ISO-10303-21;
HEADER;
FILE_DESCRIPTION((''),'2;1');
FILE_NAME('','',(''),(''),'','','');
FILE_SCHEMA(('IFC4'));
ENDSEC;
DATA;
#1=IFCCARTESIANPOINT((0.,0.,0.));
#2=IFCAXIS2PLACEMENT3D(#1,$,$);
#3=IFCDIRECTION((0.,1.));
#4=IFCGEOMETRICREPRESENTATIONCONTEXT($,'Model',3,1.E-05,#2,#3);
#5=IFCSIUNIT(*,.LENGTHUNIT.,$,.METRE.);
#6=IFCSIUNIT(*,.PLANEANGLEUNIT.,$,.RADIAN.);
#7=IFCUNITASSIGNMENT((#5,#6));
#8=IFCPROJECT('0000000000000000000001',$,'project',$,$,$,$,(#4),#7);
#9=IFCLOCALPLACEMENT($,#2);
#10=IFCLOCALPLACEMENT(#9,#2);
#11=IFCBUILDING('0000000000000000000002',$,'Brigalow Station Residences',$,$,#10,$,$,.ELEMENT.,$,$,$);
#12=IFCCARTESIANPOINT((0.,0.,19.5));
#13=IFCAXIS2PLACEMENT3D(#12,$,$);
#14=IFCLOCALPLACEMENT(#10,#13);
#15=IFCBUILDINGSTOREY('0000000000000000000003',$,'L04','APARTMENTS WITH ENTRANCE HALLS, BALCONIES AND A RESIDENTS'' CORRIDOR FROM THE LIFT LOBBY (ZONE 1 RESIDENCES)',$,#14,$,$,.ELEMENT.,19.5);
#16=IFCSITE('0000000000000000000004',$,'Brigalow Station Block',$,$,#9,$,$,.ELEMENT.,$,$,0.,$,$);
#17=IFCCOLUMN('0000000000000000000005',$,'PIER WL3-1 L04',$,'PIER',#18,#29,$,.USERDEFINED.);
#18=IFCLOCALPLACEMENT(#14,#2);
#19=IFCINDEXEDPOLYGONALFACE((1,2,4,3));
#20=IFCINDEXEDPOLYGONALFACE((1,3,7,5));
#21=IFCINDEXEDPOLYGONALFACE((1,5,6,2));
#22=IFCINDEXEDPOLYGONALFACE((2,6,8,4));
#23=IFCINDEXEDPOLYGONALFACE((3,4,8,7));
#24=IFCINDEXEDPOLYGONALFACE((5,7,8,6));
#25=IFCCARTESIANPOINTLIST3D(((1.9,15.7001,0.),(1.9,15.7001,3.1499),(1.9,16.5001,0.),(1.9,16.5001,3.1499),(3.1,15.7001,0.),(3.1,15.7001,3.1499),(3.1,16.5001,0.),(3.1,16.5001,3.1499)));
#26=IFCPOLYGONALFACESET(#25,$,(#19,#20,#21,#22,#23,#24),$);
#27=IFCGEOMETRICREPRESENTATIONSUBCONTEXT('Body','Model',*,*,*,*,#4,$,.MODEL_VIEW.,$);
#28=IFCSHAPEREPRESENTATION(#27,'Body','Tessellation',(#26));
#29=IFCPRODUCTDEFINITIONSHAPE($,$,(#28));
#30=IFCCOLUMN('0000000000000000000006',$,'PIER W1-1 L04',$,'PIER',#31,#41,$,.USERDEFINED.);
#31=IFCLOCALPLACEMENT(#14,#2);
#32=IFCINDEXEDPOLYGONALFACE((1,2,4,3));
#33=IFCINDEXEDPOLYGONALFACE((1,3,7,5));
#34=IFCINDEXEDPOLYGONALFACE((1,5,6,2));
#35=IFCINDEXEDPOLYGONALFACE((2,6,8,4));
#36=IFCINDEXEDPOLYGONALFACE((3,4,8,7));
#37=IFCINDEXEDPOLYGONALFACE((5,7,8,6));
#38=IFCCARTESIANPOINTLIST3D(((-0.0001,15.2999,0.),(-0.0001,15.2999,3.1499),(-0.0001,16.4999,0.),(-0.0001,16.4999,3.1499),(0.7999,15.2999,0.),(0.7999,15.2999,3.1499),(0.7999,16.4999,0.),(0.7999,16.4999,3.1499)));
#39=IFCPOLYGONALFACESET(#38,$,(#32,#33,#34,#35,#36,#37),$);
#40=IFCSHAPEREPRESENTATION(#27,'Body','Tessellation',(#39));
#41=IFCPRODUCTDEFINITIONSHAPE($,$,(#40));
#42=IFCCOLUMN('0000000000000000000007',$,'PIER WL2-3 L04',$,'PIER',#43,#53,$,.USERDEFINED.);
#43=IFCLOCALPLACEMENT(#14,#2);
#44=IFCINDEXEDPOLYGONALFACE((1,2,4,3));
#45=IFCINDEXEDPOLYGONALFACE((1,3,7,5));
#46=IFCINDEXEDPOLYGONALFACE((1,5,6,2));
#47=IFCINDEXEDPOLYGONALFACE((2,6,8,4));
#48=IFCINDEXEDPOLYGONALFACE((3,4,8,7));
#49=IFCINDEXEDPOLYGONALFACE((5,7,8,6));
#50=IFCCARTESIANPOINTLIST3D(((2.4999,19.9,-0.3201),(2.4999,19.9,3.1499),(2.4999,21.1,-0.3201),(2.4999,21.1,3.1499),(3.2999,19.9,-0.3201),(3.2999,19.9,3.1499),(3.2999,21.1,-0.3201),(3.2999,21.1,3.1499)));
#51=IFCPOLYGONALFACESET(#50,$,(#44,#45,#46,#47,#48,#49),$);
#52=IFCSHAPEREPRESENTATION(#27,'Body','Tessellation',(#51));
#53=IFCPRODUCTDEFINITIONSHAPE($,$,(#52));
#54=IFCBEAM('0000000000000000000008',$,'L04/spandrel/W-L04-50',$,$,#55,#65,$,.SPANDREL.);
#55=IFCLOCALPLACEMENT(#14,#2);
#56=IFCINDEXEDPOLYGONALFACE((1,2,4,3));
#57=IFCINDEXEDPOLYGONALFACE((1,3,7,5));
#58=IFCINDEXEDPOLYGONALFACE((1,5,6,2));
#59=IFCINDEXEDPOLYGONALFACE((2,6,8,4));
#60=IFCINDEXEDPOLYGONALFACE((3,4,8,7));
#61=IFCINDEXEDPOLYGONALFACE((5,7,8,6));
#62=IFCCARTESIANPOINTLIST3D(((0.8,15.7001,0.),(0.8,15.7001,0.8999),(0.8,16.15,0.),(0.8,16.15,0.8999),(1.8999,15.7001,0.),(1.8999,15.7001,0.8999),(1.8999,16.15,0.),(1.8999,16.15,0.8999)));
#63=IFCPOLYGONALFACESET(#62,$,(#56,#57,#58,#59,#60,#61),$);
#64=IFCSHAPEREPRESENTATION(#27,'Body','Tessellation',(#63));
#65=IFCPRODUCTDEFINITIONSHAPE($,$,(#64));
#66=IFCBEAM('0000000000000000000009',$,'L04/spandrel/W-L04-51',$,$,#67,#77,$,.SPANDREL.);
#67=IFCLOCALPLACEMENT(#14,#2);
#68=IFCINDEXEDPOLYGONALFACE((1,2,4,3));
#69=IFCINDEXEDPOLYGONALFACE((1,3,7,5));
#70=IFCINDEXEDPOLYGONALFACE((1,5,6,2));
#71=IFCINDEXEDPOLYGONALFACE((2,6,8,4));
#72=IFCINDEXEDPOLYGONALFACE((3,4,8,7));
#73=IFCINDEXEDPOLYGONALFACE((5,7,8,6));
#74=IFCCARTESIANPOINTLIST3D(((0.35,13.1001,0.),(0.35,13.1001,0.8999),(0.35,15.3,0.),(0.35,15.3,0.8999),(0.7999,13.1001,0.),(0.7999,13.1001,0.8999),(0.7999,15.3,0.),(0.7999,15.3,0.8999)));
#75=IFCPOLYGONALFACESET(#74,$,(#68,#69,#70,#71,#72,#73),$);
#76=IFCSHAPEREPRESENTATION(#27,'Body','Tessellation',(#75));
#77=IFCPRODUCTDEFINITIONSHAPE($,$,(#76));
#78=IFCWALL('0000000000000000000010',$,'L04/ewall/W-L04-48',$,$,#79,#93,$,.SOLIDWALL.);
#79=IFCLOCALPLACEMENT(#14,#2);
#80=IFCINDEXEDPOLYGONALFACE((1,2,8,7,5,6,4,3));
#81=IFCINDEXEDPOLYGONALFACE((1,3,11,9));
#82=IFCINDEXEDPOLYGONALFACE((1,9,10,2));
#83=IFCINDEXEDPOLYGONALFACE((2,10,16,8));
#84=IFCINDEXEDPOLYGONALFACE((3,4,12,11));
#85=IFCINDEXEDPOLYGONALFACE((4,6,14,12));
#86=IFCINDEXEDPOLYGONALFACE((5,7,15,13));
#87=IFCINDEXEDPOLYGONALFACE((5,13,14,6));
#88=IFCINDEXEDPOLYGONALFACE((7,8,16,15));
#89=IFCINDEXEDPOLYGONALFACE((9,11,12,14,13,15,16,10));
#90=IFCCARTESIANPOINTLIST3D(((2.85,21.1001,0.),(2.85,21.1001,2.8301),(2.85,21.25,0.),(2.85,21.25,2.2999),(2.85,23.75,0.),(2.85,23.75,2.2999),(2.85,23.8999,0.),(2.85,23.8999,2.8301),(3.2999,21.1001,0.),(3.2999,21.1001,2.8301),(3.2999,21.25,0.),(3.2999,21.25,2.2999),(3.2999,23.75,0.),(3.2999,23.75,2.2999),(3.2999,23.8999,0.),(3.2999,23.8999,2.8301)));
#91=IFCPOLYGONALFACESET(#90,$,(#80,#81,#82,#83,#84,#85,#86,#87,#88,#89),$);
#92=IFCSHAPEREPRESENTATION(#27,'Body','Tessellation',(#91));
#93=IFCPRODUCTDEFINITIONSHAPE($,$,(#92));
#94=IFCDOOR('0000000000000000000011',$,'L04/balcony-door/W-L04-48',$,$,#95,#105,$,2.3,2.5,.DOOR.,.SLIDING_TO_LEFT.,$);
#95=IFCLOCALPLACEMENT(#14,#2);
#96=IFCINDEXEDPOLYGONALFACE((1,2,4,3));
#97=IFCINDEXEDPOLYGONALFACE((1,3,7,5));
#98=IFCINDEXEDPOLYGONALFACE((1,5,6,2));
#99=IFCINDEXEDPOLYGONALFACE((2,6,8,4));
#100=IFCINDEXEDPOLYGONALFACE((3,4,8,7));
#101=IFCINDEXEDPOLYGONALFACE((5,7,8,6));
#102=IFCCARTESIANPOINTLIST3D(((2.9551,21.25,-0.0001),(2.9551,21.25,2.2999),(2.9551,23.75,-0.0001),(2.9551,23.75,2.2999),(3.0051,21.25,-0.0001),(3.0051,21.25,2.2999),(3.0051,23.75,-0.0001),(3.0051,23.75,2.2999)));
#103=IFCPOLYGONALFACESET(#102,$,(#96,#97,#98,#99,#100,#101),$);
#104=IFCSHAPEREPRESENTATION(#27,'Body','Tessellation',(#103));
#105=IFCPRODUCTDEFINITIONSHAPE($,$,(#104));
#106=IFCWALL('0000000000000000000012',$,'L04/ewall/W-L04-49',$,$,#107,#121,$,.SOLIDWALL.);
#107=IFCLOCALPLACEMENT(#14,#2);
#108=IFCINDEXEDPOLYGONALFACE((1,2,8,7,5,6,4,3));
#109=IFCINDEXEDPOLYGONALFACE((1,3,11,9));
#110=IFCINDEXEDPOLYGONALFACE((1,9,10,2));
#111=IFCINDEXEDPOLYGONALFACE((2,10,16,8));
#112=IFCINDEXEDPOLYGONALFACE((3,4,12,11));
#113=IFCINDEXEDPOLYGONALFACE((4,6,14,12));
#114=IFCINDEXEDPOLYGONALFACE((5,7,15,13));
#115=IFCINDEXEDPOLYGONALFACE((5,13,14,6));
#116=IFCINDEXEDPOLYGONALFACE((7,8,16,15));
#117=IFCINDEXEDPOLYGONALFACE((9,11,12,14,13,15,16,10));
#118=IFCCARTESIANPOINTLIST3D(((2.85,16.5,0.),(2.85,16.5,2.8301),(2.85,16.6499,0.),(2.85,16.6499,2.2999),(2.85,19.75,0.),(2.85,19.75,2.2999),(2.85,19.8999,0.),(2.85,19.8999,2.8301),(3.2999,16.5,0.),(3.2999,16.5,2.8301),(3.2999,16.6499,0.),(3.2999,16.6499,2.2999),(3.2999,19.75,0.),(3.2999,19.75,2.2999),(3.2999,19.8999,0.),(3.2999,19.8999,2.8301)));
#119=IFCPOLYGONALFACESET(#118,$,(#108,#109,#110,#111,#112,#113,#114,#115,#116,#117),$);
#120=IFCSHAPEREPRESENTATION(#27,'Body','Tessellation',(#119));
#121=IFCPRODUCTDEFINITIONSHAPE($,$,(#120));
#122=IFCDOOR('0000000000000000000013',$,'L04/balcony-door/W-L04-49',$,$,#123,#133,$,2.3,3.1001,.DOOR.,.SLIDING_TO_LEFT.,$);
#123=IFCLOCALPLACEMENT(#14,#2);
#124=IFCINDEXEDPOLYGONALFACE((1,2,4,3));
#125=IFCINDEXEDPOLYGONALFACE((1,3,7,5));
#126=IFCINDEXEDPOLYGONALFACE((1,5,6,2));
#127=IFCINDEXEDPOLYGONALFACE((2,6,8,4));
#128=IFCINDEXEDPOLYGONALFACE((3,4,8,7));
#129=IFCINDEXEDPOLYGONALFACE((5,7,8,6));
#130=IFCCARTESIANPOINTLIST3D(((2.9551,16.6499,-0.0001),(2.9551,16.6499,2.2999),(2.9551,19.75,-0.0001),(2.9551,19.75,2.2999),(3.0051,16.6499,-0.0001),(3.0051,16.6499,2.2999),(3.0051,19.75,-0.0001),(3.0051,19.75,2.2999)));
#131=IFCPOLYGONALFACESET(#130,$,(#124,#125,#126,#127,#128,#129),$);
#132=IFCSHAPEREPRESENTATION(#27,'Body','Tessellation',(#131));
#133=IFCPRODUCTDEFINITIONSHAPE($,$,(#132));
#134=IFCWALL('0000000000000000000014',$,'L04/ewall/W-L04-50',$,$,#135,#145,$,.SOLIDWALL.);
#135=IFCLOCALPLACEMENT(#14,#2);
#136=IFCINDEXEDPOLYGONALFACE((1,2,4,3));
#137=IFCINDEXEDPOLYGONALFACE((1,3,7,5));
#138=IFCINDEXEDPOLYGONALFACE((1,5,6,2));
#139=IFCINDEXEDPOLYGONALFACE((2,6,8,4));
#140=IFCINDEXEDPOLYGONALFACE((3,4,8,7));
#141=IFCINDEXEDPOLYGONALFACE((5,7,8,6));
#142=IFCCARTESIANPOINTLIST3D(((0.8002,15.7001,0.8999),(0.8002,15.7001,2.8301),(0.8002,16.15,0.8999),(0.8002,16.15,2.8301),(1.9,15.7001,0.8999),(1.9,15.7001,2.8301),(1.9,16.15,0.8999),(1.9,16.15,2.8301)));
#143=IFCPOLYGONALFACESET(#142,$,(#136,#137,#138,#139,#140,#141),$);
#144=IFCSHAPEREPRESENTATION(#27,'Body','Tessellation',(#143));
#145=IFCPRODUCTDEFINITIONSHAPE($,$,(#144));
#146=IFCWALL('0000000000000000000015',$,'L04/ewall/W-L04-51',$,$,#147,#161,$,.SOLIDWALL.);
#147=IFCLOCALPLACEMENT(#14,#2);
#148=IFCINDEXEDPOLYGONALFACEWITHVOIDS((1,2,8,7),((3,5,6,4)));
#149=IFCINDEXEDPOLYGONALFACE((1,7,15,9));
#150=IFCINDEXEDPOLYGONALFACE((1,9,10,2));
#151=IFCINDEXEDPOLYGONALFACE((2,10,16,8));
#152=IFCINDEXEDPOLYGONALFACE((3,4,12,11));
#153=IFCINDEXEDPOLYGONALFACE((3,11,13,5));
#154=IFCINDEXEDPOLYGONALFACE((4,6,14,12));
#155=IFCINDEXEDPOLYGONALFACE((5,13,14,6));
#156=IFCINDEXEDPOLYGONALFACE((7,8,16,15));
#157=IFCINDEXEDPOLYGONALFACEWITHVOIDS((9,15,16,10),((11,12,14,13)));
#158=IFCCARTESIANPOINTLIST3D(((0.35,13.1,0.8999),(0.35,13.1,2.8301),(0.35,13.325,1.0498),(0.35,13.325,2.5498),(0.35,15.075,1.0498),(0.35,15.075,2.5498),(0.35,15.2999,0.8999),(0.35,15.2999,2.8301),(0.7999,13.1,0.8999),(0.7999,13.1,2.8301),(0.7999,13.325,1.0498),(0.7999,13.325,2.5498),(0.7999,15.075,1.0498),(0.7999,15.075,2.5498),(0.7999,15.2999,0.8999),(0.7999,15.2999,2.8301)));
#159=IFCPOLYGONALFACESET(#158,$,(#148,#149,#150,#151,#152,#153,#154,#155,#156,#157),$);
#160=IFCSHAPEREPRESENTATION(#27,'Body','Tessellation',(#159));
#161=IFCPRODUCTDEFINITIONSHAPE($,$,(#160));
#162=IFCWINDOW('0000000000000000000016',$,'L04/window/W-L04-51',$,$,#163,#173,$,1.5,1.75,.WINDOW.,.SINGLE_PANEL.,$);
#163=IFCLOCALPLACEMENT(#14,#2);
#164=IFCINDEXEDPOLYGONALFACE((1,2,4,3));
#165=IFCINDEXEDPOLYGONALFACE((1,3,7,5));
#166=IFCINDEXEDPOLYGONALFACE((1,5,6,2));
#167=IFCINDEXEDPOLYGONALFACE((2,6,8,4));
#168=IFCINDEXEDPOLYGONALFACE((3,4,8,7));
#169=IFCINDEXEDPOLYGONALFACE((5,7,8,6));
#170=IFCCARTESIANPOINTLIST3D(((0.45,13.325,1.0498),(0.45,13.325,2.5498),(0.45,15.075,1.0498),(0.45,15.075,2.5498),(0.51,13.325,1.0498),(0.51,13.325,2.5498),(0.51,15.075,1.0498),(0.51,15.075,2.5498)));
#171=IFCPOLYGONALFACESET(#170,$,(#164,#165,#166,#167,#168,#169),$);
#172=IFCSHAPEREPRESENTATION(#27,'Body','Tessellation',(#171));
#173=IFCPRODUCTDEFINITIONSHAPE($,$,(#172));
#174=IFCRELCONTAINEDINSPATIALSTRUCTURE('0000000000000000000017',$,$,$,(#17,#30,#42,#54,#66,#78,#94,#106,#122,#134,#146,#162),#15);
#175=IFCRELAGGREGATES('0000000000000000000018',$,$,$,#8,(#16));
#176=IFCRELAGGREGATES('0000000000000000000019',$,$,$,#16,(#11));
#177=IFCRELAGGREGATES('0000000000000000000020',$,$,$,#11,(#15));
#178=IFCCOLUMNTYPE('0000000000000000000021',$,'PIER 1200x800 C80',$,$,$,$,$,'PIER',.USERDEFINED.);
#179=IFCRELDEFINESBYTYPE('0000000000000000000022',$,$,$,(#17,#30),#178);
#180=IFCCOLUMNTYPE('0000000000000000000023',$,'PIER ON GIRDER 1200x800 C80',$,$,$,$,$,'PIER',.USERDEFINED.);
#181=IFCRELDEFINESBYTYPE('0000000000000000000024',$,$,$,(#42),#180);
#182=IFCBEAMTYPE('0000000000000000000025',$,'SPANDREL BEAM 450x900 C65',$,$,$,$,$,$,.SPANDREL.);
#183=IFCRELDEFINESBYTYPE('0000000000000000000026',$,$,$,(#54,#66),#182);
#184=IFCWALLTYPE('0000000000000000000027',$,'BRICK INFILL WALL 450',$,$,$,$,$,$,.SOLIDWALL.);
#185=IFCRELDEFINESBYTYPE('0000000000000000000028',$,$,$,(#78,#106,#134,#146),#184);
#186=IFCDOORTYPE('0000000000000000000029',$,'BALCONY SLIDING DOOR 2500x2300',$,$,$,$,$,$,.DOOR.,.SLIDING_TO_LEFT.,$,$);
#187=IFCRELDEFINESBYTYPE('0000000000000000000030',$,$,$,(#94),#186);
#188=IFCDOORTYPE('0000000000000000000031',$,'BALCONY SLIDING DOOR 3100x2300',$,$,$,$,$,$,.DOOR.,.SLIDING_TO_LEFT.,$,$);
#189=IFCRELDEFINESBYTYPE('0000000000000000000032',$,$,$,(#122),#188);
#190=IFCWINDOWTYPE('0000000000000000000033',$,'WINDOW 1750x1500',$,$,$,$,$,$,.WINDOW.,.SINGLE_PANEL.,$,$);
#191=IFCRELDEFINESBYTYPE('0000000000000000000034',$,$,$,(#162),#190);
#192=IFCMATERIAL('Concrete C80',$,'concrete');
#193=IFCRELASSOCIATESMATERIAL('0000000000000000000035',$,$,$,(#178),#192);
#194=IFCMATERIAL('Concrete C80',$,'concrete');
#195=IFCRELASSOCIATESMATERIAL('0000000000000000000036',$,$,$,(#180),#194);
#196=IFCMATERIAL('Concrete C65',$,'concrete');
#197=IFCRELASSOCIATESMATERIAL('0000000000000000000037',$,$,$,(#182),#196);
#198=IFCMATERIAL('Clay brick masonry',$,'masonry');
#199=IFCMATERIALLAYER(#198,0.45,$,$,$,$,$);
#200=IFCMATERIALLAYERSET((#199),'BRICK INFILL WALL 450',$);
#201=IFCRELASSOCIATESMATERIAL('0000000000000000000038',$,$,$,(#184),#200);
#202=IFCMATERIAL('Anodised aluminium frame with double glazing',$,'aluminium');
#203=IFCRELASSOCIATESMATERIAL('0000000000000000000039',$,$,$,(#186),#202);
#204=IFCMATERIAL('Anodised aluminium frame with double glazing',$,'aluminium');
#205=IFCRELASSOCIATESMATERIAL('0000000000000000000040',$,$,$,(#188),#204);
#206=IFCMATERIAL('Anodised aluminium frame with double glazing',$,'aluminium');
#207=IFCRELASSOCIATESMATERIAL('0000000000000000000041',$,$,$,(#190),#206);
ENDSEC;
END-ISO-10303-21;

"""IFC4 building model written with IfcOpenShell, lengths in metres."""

from ifc_helpers import new_model, si_unit, direction, frame, frame_2d, origin, origin_2d, place, context, subcontext, project, spatial, rectangle, extrude, material, layer, layer_set, material_profile, profile_set, type_object, element, fill, save


model = new_model("IFC4")

# Units and contexts
model_context = context("Model", 3, precision=1e-05, world=origin(), true_north=direction((0.0, 1.0)))
body_context = subcontext(model_context, "Body", "Model", "MODEL_VIEW")
ifc_project = project(units=[si_unit("LENGTHUNIT", "METRE"), si_unit("PLANEANGLEUNIT", "RADIAN")], contexts=[model_context])

# Site, building, storey
site_placement = place(None, origin())
site = spatial("IfcSite", under=ifc_project, at=site_placement, Name="Brigalow Station Block", CompositionType="ELEMENT", RefElevation=0.0)
building_placement = place(site_placement, origin())
building = spatial("IfcBuilding", under=site, at=building_placement, Name="Brigalow Station Residences", CompositionType="ELEMENT")
storey_placement = place(building_placement, frame((0.0, 0.0, 19.5)))
storey = spatial("IfcBuildingStorey", under=building, at=storey_placement, Name="L04", Description="APARTMENTS WITH ENTRANCE HALLS, BALCONIES AND A RESIDENTS' CORRIDOR FROM THE LIFT LOBBY (ZONE 1 RESIDENCES)", CompositionType="ELEMENT", Elevation=19.5)

# Columns
ifc_material_1 = material(Name="Concrete C80", Category="concrete")
ifc_material_profile_1 = material_profile(ifc_material_1, rectangle(XDim=1.2, YDim=0.8, at=origin_2d()), Name="RC1200x800")
ifc_profile_set_1 = profile_set([ifc_material_profile_1], Name="Concrete C80")
column_type_1 = type_object("IfcColumnType", Name="PIER 1200x800 C80", ElementType="PIER", PredefinedType="USERDEFINED", material=ifc_profile_set_1)
for number, where, z_axis, x_axis, name in (
    (1, (2.5, 16.1001, 0.0), (0.0, 0.0, 1.0), (-1.0, 0.0, 0.0), "PIER WL3-1 L04"),
    (2, (0.3999, 15.8999, 0.0), (0.0, 0.0, 1.0), (0.0, -1.0, 0.0), "PIER W1-1 L04"),
):
    element("IfcColumn", number, at=place(storey_placement, frame(where, z_axis=z_axis, x_axis=x_axis)), inside=storey, type_object=column_type_1, Name=name, ObjectType="PIER", PredefinedType="USERDEFINED", context=body_context, shape_type="SweptSolid", body=[
        extrude(rectangle(XDim=1.2, YDim=0.8, at=origin_2d()), origin(), (0.0, 0.0, 1.0), 3.1499),
    ])
ifc_material_2 = material(Name="Concrete C80", Category="concrete")
ifc_material_profile_2 = material_profile(ifc_material_2, rectangle(XDim=1.2, YDim=0.8, at=origin_2d()), Name="RC1200x800")
ifc_profile_set_2 = profile_set([ifc_material_profile_2], Name="Concrete C80")
column_type_2 = type_object("IfcColumnType", Name="PIER ON GIRDER 1200x800 C80", ElementType="PIER", PredefinedType="USERDEFINED", material=ifc_profile_set_2)
column_placement = place(storey_placement, frame((2.8999, 20.5, -0.3201), z_axis=(0.0, 0.0, 1.0), x_axis=(0.0, -1.0, 0.0)))
element("IfcColumn", 3, at=column_placement, inside=storey, type_object=column_type_2, Name="PIER WL2-3 L04", ObjectType="PIER", PredefinedType="USERDEFINED", context=body_context, shape_type="SweptSolid", body=[
    extrude(rectangle(XDim=1.2, YDim=0.8, at=origin_2d()), origin(), (0.0, 0.0, 1.0), 3.47),
])

# Beams
ifc_material_3 = material(Name="Concrete C65", Category="concrete")
ifc_material_profile_3 = material_profile(ifc_material_3, rectangle(XDim=0.45, YDim=0.8999, at=origin_2d()), Name="RC450x900")
ifc_profile_set_3 = profile_set([ifc_material_profile_3], Name="Concrete C65")
beam_type = type_object("IfcBeamType", Name="SPANDREL BEAM 450x900 C65", PredefinedType="SPANDREL", material=ifc_profile_set_3)
beam_1_placement = place(storey_placement, frame((1.8999, 15.925, 0.45), z_axis=(-1.0, 0.0, 0.0), x_axis=(0.0, -1.0, 0.0)))
element("IfcBeam", 4, at=beam_1_placement, inside=storey, type_object=beam_type, Name="L04/spandrel/W-L04-50", PredefinedType="SPANDREL", context=body_context, shape_type="SweptSolid", body=[
    extrude(rectangle(XDim=0.45, YDim=0.8999, at=origin_2d()), origin(), (0.0, 0.0, 1.0), 1.0999),
])
beam_2_placement = place(storey_placement, frame((0.575, 15.3, 0.45), z_axis=(0.0, -1.0, 0.0), x_axis=(1.0, 0.0, 0.0)))
element("IfcBeam", 5, at=beam_2_placement, inside=storey, type_object=beam_type, Name="L04/spandrel/W-L04-51", PredefinedType="SPANDREL", context=body_context, shape_type="SweptSolid", body=[
    extrude(rectangle(XDim=0.45, YDim=0.8999, at=origin_2d()), origin(), (0.0, 0.0, 1.0), 2.2),
])

# Walls, openings, doors
ifc_material_4 = material(Name="Clay brick masonry", Category="masonry")
ifc_layer_1 = layer(ifc_material_4, 0.45)
ifc_layer_set_1 = layer_set([ifc_layer_1], Name="BRICK INFILL WALL 450")
wall_type_1 = type_object("IfcWallType", Name="BRICK INFILL WALL 450", PredefinedType="SOLIDWALL", material=ifc_layer_set_1)
wall_1_placement = place(storey_placement, frame((3.075, 23.8999, 0.0), z_axis=(0.0, 0.0, 1.0), x_axis=(0.0, -1.0, 0.0)))
wall_1 = element("IfcWall", 6, at=wall_1_placement, inside=storey, type_object=wall_type_1, Name="L04/ewall/W-L04-48", PredefinedType="SOLIDWALL", context=body_context, shape_type="SweptSolid", body=[
    extrude(rectangle(XDim=2.7998, YDim=0.45, at=frame_2d((1.3999, 0.0))), origin(), (0.0, 0.0, 1.0), 2.8301),
])
opening_1_placement = place(wall_1_placement, frame((0.1499, 0.0, 0.0)))
opening_1 = element("IfcOpeningElement", 7, at=opening_1_placement, cuts=wall_1, PredefinedType="OPENING", context=body_context, shape_type="SweptSolid", body=[
    extrude(rectangle(XDim=2.5, YDim=2.3, at=frame_2d((1.25, 1.1499))), frame((0.0, 0.2349, 0.0), z_axis=(0.0, -1.0, 0.0), x_axis=(1.0, 0.0, 0.0)), (0.0, 0.0, 1.0), 0.47),
])
ifc_material_5 = material(Name="Anodised aluminium frame with double glazing", Category="aluminium")
door_type_1 = type_object("IfcDoorType", Name="BALCONY SLIDING DOOR 2500x2300", OperationType="SLIDING_TO_LEFT", PredefinedType="DOOR", material=ifc_material_5)
door_1_placement = place(opening_1_placement, origin())
door_1 = element("IfcDoor", 8, at=door_1_placement, inside=storey, type_object=door_type_1, Name="L04/balcony-door/W-L04-48", OperationType="SLIDING_TO_LEFT", OverallHeight=2.3, OverallWidth=2.5, PredefinedType="DOOR", context=body_context, shape_type="SweptSolid", body=[
    extrude(rectangle(XDim=2.5, YDim=2.3, at=frame_2d((1.25, 1.1499))), frame((0.0, -0.0698, 0.0), z_axis=(0.0, -1.0, 0.0), x_axis=(1.0, 0.0, 0.0)), (0.0, 0.0, 1.0), 0.05),
])
fill(opening_1, door_1)
wall_2_placement = place(storey_placement, frame((3.075, 19.8999, 0.0), z_axis=(0.0, 0.0, 1.0), x_axis=(0.0, -1.0, 0.0)))
wall_2 = element("IfcWall", 9, at=wall_2_placement, inside=storey, type_object=wall_type_1, Name="L04/ewall/W-L04-49", PredefinedType="SOLIDWALL", context=body_context, shape_type="SweptSolid", body=[
    extrude(rectangle(XDim=3.3999, YDim=0.45, at=frame_2d((1.7, 0.0))), origin(), (0.0, 0.0, 1.0), 2.8301),
])
opening_2_placement = place(wall_2_placement, frame((0.1499, 0.0, 0.0)))
opening_2 = element("IfcOpeningElement", 10, at=opening_2_placement, cuts=wall_2, PredefinedType="OPENING", context=body_context, shape_type="SweptSolid", body=[
    extrude(rectangle(XDim=3.1001, YDim=2.3, at=frame_2d((1.55, 1.1499))), frame((0.0, 0.2349, 0.0), z_axis=(0.0, -1.0, 0.0), x_axis=(1.0, 0.0, 0.0)), (0.0, 0.0, 1.0), 0.47),
])
ifc_material_6 = material(Name="Anodised aluminium frame with double glazing", Category="aluminium")
door_type_2 = type_object("IfcDoorType", Name="BALCONY SLIDING DOOR 3100x2300", OperationType="SLIDING_TO_LEFT", PredefinedType="DOOR", material=ifc_material_6)
door_2_placement = place(opening_2_placement, origin())
door_2 = element("IfcDoor", 11, at=door_2_placement, inside=storey, type_object=door_type_2, Name="L04/balcony-door/W-L04-49", OperationType="SLIDING_TO_LEFT", OverallHeight=2.3, OverallWidth=3.1001, PredefinedType="DOOR", context=body_context, shape_type="SweptSolid", body=[
    extrude(rectangle(XDim=3.1001, YDim=2.3, at=frame_2d((1.55, 1.1499))), frame((0.0, -0.0698, 0.0), z_axis=(0.0, -1.0, 0.0), x_axis=(1.0, 0.0, 0.0)), (0.0, 0.0, 1.0), 0.05),
])
fill(opening_2, door_2)

# Wall
wall_3_placement = place(storey_placement, frame((1.8999, 15.925, 0.8999), z_axis=(0.0, 0.0, 1.0), x_axis=(-1.0, 0.0, 0.0)))
element("IfcWall", 12, at=wall_3_placement, inside=storey, type_object=wall_type_1, Name="L04/ewall/W-L04-50", PredefinedType="SOLIDWALL", context=body_context, shape_type="SweptSolid", body=[
    extrude(rectangle(XDim=1.0999, YDim=0.45, at=frame_2d((0.5498, 0.0))), origin(), (0.0, 0.0, 1.0), 1.9302),
])

# Wall, opening, window
wall_4_placement = place(storey_placement, frame((0.575, 15.3, 0.8999), z_axis=(0.0, 0.0, 1.0), x_axis=(0.0, -1.0, 0.0)))
wall_4 = element("IfcWall", 13, at=wall_4_placement, inside=storey, type_object=wall_type_1, Name="L04/ewall/W-L04-51", PredefinedType="SOLIDWALL", context=body_context, shape_type="SweptSolid", body=[
    extrude(rectangle(XDim=2.2, YDim=0.45, at=frame_2d((1.1001, 0.0))), origin(), (0.0, 0.0, 1.0), 1.9302),
])
opening_3_placement = place(wall_4_placement, frame((0.2251, 0.0, 0.1499)))
opening_3 = element("IfcOpeningElement", 14, at=opening_3_placement, cuts=wall_4, PredefinedType="OPENING", context=body_context, shape_type="SweptSolid", body=[
    extrude(rectangle(XDim=1.75, YDim=1.5, at=frame_2d((0.875, 0.75))), frame((0.0, 0.2349, 0.0), z_axis=(0.0, -1.0, 0.0), x_axis=(1.0, 0.0, 0.0)), (0.0, 0.0, 1.0), 0.47),
])
ifc_material_7 = material(Name="Anodised aluminium frame with double glazing", Category="aluminium")
window_type = type_object("IfcWindowType", Name="WINDOW 1750x1500", PartitioningType="SINGLE_PANEL", PredefinedType="WINDOW", material=ifc_material_7)
window_placement = place(opening_3_placement, origin())
window = element("IfcWindow", 15, at=window_placement, inside=storey, type_object=window_type, Name="L04/window/W-L04-51", OverallHeight=1.5, OverallWidth=1.75, PartitioningType="SINGLE_PANEL", PredefinedType="WINDOW", context=body_context, shape_type="SweptSolid", body=[
    extrude(rectangle(XDim=1.75, YDim=1.5, at=frame_2d((0.875, 0.75))), frame((0.0, -0.0649, 0.0), z_axis=(0.0, -1.0, 0.0), x_axis=(1.0, 0.0, 0.0)), (0.0, 0.0, 1.0), 0.0601),
])
fill(opening_3, window)

save(model, "model.ifc")
